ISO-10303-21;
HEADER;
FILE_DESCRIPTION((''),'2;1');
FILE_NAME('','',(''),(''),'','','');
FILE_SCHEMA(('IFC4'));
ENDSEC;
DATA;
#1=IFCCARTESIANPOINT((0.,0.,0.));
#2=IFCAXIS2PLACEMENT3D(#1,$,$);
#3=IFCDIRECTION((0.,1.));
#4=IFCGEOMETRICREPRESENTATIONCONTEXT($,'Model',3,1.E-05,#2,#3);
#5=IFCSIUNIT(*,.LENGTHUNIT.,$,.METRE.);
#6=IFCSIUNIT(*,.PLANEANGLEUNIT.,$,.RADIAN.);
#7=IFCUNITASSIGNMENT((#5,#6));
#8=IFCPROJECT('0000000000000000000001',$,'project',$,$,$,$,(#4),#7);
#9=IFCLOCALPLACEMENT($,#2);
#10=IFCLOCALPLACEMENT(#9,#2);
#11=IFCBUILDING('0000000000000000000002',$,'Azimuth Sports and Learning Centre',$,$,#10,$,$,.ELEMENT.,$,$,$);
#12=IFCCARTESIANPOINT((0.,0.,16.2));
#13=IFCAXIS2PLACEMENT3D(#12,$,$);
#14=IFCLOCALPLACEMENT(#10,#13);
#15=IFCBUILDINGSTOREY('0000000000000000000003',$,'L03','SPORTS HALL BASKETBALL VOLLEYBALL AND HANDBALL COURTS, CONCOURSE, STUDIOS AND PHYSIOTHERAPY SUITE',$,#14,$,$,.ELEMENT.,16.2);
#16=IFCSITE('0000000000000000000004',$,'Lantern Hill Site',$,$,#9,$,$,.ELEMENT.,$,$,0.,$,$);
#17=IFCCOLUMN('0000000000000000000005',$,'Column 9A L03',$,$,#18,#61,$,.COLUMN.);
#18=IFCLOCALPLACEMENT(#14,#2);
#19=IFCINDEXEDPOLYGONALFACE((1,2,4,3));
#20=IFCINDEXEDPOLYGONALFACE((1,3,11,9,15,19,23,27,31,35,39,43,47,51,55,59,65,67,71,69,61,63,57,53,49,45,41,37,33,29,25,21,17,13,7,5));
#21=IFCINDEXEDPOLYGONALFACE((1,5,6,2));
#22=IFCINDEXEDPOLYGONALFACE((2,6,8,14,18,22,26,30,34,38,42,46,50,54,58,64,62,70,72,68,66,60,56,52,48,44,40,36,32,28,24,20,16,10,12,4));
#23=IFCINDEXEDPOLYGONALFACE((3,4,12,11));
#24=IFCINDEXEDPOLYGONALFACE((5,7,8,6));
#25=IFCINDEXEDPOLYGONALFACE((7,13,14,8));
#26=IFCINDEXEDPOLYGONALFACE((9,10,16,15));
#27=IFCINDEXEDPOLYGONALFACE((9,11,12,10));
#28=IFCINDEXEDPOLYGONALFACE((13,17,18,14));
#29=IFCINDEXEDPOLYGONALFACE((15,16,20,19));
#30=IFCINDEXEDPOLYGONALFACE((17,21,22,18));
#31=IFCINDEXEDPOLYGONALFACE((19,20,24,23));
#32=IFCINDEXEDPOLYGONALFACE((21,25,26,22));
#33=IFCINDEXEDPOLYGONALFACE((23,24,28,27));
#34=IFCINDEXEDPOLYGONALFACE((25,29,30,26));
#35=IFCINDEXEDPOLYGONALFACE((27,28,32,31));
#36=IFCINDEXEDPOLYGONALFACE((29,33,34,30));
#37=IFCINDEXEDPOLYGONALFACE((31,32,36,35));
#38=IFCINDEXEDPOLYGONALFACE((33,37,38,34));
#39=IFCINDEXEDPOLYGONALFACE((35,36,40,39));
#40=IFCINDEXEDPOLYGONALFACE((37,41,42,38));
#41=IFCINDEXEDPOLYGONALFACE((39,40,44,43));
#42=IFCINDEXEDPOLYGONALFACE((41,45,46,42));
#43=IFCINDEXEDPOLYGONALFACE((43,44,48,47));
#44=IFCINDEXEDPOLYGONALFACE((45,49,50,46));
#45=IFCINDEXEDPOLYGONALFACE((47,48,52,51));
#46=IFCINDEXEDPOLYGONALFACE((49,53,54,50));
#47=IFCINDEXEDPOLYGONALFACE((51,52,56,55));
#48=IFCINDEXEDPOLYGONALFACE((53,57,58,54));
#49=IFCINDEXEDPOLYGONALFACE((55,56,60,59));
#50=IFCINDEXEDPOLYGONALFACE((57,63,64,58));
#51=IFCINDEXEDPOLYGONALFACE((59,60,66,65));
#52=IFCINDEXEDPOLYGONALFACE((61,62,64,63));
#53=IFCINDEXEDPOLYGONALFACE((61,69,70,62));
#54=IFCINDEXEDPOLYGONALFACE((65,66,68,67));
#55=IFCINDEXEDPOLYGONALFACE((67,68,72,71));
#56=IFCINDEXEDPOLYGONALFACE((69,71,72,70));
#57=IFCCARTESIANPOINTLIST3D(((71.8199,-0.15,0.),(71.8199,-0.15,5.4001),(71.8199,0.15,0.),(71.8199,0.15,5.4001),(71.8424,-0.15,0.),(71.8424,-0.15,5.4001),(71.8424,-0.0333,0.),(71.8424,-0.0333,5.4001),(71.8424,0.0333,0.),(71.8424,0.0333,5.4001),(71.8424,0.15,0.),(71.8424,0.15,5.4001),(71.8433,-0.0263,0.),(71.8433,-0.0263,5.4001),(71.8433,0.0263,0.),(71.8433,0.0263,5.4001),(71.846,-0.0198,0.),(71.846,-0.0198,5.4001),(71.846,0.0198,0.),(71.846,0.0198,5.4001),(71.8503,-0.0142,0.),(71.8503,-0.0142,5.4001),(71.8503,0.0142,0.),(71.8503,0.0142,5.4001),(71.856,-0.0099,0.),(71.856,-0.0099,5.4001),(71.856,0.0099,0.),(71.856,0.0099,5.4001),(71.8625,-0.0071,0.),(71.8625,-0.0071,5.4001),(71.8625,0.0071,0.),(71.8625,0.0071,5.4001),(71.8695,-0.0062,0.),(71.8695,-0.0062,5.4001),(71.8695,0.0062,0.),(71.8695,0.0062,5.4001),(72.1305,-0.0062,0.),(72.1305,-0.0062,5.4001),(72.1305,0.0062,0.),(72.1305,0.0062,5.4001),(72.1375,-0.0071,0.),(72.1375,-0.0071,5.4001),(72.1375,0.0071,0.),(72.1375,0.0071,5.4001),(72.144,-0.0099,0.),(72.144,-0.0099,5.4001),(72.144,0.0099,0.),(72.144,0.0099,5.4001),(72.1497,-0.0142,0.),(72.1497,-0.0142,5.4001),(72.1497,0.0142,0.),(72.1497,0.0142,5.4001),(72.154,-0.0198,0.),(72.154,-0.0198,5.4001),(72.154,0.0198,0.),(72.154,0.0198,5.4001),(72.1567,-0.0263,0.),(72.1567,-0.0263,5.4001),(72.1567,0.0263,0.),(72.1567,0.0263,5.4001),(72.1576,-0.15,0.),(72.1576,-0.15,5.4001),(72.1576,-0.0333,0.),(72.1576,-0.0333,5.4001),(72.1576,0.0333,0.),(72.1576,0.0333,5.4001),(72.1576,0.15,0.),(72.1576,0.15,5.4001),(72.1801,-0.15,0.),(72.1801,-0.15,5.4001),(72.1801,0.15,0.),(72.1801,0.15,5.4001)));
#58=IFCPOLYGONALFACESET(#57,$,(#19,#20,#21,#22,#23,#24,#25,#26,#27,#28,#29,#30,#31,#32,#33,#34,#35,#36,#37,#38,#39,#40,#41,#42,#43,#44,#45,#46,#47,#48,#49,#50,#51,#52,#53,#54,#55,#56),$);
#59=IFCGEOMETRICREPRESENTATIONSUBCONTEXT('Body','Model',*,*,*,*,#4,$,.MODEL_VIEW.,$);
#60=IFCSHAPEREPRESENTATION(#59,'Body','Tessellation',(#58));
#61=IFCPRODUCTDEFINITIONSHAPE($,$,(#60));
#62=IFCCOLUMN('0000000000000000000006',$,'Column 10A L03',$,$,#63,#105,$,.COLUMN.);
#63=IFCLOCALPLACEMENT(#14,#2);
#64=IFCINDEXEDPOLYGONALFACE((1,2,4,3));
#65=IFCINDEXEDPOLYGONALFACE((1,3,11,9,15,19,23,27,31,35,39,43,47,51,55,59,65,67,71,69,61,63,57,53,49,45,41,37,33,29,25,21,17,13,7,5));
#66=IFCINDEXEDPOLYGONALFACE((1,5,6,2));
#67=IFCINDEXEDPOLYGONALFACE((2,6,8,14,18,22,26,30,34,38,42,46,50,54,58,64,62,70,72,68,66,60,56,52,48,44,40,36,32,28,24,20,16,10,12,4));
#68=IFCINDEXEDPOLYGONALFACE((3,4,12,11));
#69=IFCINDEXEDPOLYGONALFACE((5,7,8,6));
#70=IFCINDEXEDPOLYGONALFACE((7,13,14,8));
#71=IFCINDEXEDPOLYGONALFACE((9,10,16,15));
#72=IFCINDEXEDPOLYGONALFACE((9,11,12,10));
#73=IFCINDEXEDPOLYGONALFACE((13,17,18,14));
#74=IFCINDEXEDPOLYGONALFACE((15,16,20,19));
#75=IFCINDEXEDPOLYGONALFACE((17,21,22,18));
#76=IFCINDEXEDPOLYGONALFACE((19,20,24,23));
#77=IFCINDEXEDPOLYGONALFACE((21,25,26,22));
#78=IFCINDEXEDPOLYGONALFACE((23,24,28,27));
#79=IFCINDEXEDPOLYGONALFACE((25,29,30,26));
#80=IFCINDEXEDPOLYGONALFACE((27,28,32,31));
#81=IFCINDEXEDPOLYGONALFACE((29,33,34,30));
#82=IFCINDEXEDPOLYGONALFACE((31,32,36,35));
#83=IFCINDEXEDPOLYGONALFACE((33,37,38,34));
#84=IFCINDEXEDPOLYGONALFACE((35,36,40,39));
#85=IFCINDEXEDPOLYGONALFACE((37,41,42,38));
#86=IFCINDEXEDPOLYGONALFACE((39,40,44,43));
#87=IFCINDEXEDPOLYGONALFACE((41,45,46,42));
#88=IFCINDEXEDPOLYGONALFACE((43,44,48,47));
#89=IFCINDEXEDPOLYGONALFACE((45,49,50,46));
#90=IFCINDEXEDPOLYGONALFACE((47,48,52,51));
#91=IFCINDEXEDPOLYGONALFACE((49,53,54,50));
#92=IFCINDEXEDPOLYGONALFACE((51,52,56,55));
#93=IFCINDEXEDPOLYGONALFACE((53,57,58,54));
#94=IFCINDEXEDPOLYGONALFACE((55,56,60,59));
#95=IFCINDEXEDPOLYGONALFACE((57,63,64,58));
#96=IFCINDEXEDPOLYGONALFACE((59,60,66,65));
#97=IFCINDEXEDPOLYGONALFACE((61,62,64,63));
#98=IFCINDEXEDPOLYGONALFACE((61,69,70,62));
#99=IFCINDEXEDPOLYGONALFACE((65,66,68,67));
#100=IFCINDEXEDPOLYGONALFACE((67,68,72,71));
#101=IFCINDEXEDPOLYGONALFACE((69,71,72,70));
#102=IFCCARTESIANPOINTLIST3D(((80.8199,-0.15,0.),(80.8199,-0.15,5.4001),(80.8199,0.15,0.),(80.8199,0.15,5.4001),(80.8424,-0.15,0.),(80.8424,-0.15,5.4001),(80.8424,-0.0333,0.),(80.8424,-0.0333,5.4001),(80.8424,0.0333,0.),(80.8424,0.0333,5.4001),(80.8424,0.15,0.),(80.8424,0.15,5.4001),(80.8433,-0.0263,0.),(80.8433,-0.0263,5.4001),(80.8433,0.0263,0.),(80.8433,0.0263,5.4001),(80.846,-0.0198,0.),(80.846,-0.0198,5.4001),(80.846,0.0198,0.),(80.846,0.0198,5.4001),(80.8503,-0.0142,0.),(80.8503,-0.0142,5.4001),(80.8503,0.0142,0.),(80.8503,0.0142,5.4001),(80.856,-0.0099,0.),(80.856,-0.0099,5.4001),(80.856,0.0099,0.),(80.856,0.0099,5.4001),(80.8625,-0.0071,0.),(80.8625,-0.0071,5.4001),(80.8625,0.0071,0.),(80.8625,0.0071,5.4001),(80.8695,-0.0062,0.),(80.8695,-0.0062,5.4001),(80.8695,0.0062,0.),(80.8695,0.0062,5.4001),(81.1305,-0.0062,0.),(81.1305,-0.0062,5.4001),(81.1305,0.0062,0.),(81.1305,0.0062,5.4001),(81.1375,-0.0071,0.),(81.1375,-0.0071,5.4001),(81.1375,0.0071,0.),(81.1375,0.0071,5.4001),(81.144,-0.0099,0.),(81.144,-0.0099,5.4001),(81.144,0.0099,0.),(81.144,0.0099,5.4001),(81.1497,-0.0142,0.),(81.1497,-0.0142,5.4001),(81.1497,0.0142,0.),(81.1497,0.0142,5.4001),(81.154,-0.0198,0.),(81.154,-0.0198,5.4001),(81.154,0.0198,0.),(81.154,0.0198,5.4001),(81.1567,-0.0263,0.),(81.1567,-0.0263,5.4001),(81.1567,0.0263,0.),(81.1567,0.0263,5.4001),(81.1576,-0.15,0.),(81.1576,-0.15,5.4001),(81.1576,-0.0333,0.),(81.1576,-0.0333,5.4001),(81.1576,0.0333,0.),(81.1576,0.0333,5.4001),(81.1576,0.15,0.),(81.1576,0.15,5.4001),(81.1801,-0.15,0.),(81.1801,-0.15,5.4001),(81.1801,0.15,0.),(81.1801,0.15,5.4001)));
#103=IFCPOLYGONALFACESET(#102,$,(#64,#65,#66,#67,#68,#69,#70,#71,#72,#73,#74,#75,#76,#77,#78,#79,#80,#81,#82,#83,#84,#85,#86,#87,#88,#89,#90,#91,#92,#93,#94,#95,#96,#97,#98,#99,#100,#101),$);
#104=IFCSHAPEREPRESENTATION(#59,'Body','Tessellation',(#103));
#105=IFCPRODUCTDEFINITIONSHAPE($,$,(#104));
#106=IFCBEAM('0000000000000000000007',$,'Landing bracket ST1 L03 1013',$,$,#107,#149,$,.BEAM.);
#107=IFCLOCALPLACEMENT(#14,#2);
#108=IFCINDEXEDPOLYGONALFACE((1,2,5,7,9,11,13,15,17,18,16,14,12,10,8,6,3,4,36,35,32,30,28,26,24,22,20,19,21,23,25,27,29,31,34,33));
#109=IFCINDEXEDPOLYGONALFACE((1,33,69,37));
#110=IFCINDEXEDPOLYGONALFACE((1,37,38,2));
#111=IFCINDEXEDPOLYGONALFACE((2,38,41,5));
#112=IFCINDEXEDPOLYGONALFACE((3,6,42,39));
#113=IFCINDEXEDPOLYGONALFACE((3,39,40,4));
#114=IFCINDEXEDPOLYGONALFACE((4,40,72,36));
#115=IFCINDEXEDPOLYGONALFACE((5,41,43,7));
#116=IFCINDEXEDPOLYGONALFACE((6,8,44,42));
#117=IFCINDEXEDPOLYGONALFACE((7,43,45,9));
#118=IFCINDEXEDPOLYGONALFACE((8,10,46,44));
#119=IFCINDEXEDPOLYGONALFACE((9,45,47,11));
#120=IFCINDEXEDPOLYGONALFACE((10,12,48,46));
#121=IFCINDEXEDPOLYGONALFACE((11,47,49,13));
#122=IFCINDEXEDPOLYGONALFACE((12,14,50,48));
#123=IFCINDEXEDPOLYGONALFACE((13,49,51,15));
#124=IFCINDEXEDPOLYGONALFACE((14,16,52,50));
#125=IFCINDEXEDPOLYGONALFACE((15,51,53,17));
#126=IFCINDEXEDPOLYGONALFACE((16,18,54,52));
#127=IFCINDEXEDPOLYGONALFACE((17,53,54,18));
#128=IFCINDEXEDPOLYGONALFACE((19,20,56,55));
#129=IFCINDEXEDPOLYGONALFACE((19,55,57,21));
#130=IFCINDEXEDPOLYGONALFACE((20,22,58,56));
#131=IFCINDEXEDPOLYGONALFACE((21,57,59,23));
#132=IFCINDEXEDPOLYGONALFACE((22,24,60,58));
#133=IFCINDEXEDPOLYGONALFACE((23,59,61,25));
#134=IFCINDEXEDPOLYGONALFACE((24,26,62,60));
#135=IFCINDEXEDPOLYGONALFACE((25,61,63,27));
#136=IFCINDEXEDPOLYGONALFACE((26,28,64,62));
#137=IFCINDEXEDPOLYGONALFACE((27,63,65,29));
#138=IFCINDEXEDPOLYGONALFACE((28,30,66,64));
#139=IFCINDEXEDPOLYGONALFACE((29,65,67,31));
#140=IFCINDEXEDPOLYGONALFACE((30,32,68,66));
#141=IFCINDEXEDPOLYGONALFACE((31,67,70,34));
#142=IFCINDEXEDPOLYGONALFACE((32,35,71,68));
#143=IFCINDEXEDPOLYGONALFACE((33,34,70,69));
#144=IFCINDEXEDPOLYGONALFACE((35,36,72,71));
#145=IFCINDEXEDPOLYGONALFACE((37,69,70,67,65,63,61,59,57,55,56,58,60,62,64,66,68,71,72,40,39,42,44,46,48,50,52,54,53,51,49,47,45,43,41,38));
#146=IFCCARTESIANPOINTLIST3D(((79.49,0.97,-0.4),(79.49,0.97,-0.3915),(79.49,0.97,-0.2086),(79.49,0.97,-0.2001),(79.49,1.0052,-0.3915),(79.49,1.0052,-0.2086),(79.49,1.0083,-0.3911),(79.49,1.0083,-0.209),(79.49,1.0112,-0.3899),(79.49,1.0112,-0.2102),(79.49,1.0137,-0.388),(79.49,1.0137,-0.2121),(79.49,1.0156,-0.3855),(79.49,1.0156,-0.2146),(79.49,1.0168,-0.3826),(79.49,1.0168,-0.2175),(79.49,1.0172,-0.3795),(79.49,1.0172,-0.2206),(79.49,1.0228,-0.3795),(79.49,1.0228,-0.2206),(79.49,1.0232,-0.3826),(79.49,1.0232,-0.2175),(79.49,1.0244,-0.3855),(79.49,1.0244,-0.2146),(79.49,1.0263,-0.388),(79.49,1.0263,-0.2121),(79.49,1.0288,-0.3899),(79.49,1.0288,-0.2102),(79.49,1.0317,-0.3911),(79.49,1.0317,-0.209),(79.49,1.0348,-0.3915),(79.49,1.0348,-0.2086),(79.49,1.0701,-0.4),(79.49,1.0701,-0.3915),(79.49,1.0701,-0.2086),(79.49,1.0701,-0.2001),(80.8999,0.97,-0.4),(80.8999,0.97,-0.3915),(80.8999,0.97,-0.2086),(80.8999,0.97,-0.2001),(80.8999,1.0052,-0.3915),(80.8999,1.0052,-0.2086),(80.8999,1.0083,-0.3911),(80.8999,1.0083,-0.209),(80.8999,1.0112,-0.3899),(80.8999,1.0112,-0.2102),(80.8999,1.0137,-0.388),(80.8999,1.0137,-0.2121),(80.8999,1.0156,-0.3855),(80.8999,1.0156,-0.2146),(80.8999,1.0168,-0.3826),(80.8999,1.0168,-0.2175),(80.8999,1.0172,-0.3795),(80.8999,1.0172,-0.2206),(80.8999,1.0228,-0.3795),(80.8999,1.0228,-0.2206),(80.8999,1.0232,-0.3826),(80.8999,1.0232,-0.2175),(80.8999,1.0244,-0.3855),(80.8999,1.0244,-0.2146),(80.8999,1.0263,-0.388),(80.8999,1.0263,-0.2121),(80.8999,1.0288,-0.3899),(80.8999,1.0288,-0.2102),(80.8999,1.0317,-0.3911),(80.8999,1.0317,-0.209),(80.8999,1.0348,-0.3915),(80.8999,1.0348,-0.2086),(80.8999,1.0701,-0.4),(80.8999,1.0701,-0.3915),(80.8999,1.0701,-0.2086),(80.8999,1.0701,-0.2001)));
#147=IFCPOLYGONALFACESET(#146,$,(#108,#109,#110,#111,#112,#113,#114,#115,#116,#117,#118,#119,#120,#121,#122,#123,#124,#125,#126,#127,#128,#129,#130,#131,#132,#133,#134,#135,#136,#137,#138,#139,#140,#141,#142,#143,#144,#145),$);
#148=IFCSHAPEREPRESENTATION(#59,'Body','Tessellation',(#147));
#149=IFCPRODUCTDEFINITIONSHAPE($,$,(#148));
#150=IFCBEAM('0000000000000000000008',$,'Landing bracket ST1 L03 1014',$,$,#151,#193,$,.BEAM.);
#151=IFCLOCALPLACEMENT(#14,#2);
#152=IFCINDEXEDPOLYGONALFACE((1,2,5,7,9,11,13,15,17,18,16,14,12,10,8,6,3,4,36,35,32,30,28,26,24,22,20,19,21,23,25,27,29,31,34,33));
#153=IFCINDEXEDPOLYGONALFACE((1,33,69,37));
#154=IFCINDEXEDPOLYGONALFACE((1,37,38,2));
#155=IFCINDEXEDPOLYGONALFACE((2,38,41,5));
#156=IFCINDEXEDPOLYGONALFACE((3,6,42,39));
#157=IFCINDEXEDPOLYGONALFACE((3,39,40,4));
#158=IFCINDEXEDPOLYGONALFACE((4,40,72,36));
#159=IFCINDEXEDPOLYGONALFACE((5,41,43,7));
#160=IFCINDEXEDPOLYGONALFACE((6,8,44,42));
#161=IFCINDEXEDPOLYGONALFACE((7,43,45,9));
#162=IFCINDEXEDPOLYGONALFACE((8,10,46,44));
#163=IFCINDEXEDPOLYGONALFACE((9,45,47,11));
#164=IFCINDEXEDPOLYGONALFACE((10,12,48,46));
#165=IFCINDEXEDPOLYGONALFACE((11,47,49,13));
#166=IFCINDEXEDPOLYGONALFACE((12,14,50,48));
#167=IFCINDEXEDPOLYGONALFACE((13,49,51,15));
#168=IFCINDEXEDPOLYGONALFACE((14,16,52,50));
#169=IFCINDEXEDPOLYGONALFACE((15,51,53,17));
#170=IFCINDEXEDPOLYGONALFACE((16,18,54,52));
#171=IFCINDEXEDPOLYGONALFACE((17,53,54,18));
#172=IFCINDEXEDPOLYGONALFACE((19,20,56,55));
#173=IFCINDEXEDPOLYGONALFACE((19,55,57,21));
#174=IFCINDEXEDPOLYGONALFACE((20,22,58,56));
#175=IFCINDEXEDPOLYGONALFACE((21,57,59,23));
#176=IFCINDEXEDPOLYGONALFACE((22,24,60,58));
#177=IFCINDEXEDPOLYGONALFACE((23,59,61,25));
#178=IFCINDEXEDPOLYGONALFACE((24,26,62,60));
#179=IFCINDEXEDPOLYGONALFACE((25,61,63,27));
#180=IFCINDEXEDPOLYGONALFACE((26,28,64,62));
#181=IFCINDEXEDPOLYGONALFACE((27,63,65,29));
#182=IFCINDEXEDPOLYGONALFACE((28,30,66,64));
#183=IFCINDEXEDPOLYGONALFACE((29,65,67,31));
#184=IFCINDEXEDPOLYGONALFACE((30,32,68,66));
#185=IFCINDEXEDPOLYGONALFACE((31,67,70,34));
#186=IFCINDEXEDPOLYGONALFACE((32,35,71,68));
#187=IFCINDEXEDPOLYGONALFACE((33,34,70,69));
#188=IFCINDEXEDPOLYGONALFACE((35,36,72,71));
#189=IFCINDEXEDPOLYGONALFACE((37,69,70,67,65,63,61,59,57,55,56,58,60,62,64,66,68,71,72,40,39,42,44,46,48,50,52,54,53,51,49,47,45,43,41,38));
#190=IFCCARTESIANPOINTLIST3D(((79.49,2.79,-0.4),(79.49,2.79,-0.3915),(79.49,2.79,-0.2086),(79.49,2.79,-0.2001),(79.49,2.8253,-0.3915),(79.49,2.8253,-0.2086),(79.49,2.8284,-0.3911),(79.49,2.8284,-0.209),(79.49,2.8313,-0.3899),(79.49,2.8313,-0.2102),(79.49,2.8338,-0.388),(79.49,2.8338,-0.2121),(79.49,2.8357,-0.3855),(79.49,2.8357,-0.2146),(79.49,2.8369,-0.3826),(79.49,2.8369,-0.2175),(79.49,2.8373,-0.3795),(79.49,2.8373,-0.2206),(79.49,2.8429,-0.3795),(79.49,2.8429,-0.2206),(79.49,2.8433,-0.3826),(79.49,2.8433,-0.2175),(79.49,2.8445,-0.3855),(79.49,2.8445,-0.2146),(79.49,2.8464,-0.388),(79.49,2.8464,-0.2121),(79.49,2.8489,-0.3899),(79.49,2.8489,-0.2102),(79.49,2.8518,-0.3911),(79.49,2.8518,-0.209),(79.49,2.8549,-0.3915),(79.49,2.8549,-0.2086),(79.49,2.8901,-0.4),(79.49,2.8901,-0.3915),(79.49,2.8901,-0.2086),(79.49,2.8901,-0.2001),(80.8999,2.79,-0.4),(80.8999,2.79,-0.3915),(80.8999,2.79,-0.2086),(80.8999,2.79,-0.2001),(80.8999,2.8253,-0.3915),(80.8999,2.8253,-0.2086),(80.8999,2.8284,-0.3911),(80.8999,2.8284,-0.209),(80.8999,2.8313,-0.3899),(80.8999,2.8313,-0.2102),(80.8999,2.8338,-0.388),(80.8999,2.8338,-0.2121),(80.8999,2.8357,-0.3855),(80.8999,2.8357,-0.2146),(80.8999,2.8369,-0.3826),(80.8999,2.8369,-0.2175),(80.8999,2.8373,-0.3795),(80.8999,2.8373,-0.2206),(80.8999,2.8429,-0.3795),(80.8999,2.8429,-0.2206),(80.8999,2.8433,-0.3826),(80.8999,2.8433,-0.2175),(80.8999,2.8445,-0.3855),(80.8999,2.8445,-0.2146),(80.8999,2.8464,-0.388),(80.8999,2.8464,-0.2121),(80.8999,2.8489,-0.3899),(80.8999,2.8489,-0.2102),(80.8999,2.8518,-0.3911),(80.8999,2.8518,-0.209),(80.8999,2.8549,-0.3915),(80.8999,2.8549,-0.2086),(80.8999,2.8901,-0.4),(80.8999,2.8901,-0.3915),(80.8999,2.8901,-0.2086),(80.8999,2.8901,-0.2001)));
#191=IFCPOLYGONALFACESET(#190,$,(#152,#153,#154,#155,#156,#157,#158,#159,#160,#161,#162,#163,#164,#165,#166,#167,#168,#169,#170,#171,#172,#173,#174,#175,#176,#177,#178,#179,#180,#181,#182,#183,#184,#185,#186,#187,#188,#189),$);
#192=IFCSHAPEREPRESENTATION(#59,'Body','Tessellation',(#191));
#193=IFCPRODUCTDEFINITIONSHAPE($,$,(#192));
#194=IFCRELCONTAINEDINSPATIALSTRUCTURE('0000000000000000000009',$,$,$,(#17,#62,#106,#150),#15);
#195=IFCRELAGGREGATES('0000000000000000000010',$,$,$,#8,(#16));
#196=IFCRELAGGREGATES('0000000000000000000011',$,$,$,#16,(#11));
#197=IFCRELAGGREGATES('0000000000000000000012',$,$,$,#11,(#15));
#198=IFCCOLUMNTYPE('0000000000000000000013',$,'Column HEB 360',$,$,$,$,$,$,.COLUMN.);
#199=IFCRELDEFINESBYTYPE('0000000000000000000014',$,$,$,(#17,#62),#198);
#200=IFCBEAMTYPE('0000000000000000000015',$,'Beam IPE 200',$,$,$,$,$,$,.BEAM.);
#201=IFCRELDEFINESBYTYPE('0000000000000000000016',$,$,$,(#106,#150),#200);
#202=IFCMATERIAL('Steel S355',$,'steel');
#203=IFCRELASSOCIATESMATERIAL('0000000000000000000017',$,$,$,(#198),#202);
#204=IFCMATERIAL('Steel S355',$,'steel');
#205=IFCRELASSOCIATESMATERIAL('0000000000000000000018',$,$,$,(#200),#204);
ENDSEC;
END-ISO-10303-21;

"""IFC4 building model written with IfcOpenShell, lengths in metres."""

from ifc_helpers import new_model, si_unit, direction, frame, origin, origin_2d, place, context, subcontext, project, spatial, i_section, extrude, material, material_profile, profile_set, type_object, element, save


model = new_model("IFC4")

# Units and contexts
model_context = context("Model", 3, precision=1e-05, world=origin(), true_north=direction((0.0, 1.0)))
body_context = subcontext(model_context, "Body", "Model", "MODEL_VIEW")
ifc_project = project(units=[si_unit("LENGTHUNIT", "METRE"), si_unit("PLANEANGLEUNIT", "RADIAN")], contexts=[model_context])

# Site, building, storey
site_placement = place(None, origin())
site = spatial("IfcSite", under=ifc_project, at=site_placement, Name="Lantern Hill Site", CompositionType="ELEMENT", RefElevation=0.0)
building_placement = place(site_placement, origin())
building = spatial("IfcBuilding", under=site, at=building_placement, Name="Azimuth Sports and Learning Centre", CompositionType="ELEMENT")
storey_placement = place(building_placement, frame((0.0, 0.0, 16.2)))
storey = spatial("IfcBuildingStorey", under=building, at=storey_placement, Name="L03", Description="SPORTS HALL BASKETBALL VOLLEYBALL AND HANDBALL COURTS, CONCOURSE, STUDIOS AND PHYSIOTHERAPY SUITE", CompositionType="ELEMENT", Elevation=16.2)

# Columns
ifc_material_1 = material(Name="Steel S355", Category="steel")
ifc_material_profile_1 = material_profile(ifc_material_1, i_section(OverallWidth=0.3, OverallDepth=0.3601, WebThickness=0.0125, FlangeThickness=0.0225, FilletRadius=0.0271, at=origin_2d()), Name="HEB 360")
ifc_profile_set_1 = profile_set([ifc_material_profile_1], Name="Steel S355")
column_type = type_object("IfcColumnType", Name="Column HEB 360", PredefinedType="COLUMN", material=ifc_profile_set_1)
for number, where, z_axis, x_axis, name in (
    (1, (72.0, 0.0, 0.0), (0.0, 0.0, 1.0), (0.0, 1.0, 0.0), "Column 9A L03"),
    (2, (81.0, 0.0, 0.0), (0.0, 0.0, 1.0), (0.0, 1.0, 0.0), "Column 10A L03"),
):
    element("IfcColumn", number, at=place(storey_placement, frame(where, z_axis=z_axis, x_axis=x_axis)), inside=storey, type_object=column_type, Name=name, PredefinedType="COLUMN", context=body_context, shape_type="SweptSolid", body=[
        extrude(i_section(OverallWidth=0.3, OverallDepth=0.3601, WebThickness=0.0125, FlangeThickness=0.0225, FilletRadius=0.0271, at=origin_2d()), origin(), (0.0, 0.0, 1.0), 5.4001),
    ])

# Beams
ifc_material_2 = material(Name="Steel S355", Category="steel")
ifc_material_profile_2 = material_profile(ifc_material_2, i_section(OverallWidth=0.1001, OverallDepth=0.2, WebThickness=0.0056, FlangeThickness=0.0085, FilletRadius=0.012, at=origin_2d()), Name="IPE 200")
ifc_profile_set_2 = profile_set([ifc_material_profile_2], Name="Steel S355")
beam_type = type_object("IfcBeamType", Name="Beam IPE 200", PredefinedType="BEAM", material=ifc_profile_set_2)
for number, where, z_axis, x_axis, name in (
    (3, (80.8999, 1.02, -0.3), (-1.0, 0.0, 0.0), (0.0, -1.0, 0.0), "Landing bracket ST1 L03 1013"),
    (4, (80.8999, 2.8401, -0.3), (-1.0, 0.0, 0.0), (0.0, -1.0, 0.0), "Landing bracket ST1 L03 1014"),
):
    element("IfcBeam", number, at=place(storey_placement, frame(where, z_axis=z_axis, x_axis=x_axis)), inside=storey, type_object=beam_type, Name=name, PredefinedType="BEAM", context=body_context, shape_type="SweptSolid", body=[
        extrude(i_section(OverallWidth=0.1001, OverallDepth=0.2, WebThickness=0.0056, FlangeThickness=0.0085, FilletRadius=0.012, at=origin_2d()), origin(), (0.0, 0.0, 1.0), 1.4099),
    ])

save(model, "model.ifc")
